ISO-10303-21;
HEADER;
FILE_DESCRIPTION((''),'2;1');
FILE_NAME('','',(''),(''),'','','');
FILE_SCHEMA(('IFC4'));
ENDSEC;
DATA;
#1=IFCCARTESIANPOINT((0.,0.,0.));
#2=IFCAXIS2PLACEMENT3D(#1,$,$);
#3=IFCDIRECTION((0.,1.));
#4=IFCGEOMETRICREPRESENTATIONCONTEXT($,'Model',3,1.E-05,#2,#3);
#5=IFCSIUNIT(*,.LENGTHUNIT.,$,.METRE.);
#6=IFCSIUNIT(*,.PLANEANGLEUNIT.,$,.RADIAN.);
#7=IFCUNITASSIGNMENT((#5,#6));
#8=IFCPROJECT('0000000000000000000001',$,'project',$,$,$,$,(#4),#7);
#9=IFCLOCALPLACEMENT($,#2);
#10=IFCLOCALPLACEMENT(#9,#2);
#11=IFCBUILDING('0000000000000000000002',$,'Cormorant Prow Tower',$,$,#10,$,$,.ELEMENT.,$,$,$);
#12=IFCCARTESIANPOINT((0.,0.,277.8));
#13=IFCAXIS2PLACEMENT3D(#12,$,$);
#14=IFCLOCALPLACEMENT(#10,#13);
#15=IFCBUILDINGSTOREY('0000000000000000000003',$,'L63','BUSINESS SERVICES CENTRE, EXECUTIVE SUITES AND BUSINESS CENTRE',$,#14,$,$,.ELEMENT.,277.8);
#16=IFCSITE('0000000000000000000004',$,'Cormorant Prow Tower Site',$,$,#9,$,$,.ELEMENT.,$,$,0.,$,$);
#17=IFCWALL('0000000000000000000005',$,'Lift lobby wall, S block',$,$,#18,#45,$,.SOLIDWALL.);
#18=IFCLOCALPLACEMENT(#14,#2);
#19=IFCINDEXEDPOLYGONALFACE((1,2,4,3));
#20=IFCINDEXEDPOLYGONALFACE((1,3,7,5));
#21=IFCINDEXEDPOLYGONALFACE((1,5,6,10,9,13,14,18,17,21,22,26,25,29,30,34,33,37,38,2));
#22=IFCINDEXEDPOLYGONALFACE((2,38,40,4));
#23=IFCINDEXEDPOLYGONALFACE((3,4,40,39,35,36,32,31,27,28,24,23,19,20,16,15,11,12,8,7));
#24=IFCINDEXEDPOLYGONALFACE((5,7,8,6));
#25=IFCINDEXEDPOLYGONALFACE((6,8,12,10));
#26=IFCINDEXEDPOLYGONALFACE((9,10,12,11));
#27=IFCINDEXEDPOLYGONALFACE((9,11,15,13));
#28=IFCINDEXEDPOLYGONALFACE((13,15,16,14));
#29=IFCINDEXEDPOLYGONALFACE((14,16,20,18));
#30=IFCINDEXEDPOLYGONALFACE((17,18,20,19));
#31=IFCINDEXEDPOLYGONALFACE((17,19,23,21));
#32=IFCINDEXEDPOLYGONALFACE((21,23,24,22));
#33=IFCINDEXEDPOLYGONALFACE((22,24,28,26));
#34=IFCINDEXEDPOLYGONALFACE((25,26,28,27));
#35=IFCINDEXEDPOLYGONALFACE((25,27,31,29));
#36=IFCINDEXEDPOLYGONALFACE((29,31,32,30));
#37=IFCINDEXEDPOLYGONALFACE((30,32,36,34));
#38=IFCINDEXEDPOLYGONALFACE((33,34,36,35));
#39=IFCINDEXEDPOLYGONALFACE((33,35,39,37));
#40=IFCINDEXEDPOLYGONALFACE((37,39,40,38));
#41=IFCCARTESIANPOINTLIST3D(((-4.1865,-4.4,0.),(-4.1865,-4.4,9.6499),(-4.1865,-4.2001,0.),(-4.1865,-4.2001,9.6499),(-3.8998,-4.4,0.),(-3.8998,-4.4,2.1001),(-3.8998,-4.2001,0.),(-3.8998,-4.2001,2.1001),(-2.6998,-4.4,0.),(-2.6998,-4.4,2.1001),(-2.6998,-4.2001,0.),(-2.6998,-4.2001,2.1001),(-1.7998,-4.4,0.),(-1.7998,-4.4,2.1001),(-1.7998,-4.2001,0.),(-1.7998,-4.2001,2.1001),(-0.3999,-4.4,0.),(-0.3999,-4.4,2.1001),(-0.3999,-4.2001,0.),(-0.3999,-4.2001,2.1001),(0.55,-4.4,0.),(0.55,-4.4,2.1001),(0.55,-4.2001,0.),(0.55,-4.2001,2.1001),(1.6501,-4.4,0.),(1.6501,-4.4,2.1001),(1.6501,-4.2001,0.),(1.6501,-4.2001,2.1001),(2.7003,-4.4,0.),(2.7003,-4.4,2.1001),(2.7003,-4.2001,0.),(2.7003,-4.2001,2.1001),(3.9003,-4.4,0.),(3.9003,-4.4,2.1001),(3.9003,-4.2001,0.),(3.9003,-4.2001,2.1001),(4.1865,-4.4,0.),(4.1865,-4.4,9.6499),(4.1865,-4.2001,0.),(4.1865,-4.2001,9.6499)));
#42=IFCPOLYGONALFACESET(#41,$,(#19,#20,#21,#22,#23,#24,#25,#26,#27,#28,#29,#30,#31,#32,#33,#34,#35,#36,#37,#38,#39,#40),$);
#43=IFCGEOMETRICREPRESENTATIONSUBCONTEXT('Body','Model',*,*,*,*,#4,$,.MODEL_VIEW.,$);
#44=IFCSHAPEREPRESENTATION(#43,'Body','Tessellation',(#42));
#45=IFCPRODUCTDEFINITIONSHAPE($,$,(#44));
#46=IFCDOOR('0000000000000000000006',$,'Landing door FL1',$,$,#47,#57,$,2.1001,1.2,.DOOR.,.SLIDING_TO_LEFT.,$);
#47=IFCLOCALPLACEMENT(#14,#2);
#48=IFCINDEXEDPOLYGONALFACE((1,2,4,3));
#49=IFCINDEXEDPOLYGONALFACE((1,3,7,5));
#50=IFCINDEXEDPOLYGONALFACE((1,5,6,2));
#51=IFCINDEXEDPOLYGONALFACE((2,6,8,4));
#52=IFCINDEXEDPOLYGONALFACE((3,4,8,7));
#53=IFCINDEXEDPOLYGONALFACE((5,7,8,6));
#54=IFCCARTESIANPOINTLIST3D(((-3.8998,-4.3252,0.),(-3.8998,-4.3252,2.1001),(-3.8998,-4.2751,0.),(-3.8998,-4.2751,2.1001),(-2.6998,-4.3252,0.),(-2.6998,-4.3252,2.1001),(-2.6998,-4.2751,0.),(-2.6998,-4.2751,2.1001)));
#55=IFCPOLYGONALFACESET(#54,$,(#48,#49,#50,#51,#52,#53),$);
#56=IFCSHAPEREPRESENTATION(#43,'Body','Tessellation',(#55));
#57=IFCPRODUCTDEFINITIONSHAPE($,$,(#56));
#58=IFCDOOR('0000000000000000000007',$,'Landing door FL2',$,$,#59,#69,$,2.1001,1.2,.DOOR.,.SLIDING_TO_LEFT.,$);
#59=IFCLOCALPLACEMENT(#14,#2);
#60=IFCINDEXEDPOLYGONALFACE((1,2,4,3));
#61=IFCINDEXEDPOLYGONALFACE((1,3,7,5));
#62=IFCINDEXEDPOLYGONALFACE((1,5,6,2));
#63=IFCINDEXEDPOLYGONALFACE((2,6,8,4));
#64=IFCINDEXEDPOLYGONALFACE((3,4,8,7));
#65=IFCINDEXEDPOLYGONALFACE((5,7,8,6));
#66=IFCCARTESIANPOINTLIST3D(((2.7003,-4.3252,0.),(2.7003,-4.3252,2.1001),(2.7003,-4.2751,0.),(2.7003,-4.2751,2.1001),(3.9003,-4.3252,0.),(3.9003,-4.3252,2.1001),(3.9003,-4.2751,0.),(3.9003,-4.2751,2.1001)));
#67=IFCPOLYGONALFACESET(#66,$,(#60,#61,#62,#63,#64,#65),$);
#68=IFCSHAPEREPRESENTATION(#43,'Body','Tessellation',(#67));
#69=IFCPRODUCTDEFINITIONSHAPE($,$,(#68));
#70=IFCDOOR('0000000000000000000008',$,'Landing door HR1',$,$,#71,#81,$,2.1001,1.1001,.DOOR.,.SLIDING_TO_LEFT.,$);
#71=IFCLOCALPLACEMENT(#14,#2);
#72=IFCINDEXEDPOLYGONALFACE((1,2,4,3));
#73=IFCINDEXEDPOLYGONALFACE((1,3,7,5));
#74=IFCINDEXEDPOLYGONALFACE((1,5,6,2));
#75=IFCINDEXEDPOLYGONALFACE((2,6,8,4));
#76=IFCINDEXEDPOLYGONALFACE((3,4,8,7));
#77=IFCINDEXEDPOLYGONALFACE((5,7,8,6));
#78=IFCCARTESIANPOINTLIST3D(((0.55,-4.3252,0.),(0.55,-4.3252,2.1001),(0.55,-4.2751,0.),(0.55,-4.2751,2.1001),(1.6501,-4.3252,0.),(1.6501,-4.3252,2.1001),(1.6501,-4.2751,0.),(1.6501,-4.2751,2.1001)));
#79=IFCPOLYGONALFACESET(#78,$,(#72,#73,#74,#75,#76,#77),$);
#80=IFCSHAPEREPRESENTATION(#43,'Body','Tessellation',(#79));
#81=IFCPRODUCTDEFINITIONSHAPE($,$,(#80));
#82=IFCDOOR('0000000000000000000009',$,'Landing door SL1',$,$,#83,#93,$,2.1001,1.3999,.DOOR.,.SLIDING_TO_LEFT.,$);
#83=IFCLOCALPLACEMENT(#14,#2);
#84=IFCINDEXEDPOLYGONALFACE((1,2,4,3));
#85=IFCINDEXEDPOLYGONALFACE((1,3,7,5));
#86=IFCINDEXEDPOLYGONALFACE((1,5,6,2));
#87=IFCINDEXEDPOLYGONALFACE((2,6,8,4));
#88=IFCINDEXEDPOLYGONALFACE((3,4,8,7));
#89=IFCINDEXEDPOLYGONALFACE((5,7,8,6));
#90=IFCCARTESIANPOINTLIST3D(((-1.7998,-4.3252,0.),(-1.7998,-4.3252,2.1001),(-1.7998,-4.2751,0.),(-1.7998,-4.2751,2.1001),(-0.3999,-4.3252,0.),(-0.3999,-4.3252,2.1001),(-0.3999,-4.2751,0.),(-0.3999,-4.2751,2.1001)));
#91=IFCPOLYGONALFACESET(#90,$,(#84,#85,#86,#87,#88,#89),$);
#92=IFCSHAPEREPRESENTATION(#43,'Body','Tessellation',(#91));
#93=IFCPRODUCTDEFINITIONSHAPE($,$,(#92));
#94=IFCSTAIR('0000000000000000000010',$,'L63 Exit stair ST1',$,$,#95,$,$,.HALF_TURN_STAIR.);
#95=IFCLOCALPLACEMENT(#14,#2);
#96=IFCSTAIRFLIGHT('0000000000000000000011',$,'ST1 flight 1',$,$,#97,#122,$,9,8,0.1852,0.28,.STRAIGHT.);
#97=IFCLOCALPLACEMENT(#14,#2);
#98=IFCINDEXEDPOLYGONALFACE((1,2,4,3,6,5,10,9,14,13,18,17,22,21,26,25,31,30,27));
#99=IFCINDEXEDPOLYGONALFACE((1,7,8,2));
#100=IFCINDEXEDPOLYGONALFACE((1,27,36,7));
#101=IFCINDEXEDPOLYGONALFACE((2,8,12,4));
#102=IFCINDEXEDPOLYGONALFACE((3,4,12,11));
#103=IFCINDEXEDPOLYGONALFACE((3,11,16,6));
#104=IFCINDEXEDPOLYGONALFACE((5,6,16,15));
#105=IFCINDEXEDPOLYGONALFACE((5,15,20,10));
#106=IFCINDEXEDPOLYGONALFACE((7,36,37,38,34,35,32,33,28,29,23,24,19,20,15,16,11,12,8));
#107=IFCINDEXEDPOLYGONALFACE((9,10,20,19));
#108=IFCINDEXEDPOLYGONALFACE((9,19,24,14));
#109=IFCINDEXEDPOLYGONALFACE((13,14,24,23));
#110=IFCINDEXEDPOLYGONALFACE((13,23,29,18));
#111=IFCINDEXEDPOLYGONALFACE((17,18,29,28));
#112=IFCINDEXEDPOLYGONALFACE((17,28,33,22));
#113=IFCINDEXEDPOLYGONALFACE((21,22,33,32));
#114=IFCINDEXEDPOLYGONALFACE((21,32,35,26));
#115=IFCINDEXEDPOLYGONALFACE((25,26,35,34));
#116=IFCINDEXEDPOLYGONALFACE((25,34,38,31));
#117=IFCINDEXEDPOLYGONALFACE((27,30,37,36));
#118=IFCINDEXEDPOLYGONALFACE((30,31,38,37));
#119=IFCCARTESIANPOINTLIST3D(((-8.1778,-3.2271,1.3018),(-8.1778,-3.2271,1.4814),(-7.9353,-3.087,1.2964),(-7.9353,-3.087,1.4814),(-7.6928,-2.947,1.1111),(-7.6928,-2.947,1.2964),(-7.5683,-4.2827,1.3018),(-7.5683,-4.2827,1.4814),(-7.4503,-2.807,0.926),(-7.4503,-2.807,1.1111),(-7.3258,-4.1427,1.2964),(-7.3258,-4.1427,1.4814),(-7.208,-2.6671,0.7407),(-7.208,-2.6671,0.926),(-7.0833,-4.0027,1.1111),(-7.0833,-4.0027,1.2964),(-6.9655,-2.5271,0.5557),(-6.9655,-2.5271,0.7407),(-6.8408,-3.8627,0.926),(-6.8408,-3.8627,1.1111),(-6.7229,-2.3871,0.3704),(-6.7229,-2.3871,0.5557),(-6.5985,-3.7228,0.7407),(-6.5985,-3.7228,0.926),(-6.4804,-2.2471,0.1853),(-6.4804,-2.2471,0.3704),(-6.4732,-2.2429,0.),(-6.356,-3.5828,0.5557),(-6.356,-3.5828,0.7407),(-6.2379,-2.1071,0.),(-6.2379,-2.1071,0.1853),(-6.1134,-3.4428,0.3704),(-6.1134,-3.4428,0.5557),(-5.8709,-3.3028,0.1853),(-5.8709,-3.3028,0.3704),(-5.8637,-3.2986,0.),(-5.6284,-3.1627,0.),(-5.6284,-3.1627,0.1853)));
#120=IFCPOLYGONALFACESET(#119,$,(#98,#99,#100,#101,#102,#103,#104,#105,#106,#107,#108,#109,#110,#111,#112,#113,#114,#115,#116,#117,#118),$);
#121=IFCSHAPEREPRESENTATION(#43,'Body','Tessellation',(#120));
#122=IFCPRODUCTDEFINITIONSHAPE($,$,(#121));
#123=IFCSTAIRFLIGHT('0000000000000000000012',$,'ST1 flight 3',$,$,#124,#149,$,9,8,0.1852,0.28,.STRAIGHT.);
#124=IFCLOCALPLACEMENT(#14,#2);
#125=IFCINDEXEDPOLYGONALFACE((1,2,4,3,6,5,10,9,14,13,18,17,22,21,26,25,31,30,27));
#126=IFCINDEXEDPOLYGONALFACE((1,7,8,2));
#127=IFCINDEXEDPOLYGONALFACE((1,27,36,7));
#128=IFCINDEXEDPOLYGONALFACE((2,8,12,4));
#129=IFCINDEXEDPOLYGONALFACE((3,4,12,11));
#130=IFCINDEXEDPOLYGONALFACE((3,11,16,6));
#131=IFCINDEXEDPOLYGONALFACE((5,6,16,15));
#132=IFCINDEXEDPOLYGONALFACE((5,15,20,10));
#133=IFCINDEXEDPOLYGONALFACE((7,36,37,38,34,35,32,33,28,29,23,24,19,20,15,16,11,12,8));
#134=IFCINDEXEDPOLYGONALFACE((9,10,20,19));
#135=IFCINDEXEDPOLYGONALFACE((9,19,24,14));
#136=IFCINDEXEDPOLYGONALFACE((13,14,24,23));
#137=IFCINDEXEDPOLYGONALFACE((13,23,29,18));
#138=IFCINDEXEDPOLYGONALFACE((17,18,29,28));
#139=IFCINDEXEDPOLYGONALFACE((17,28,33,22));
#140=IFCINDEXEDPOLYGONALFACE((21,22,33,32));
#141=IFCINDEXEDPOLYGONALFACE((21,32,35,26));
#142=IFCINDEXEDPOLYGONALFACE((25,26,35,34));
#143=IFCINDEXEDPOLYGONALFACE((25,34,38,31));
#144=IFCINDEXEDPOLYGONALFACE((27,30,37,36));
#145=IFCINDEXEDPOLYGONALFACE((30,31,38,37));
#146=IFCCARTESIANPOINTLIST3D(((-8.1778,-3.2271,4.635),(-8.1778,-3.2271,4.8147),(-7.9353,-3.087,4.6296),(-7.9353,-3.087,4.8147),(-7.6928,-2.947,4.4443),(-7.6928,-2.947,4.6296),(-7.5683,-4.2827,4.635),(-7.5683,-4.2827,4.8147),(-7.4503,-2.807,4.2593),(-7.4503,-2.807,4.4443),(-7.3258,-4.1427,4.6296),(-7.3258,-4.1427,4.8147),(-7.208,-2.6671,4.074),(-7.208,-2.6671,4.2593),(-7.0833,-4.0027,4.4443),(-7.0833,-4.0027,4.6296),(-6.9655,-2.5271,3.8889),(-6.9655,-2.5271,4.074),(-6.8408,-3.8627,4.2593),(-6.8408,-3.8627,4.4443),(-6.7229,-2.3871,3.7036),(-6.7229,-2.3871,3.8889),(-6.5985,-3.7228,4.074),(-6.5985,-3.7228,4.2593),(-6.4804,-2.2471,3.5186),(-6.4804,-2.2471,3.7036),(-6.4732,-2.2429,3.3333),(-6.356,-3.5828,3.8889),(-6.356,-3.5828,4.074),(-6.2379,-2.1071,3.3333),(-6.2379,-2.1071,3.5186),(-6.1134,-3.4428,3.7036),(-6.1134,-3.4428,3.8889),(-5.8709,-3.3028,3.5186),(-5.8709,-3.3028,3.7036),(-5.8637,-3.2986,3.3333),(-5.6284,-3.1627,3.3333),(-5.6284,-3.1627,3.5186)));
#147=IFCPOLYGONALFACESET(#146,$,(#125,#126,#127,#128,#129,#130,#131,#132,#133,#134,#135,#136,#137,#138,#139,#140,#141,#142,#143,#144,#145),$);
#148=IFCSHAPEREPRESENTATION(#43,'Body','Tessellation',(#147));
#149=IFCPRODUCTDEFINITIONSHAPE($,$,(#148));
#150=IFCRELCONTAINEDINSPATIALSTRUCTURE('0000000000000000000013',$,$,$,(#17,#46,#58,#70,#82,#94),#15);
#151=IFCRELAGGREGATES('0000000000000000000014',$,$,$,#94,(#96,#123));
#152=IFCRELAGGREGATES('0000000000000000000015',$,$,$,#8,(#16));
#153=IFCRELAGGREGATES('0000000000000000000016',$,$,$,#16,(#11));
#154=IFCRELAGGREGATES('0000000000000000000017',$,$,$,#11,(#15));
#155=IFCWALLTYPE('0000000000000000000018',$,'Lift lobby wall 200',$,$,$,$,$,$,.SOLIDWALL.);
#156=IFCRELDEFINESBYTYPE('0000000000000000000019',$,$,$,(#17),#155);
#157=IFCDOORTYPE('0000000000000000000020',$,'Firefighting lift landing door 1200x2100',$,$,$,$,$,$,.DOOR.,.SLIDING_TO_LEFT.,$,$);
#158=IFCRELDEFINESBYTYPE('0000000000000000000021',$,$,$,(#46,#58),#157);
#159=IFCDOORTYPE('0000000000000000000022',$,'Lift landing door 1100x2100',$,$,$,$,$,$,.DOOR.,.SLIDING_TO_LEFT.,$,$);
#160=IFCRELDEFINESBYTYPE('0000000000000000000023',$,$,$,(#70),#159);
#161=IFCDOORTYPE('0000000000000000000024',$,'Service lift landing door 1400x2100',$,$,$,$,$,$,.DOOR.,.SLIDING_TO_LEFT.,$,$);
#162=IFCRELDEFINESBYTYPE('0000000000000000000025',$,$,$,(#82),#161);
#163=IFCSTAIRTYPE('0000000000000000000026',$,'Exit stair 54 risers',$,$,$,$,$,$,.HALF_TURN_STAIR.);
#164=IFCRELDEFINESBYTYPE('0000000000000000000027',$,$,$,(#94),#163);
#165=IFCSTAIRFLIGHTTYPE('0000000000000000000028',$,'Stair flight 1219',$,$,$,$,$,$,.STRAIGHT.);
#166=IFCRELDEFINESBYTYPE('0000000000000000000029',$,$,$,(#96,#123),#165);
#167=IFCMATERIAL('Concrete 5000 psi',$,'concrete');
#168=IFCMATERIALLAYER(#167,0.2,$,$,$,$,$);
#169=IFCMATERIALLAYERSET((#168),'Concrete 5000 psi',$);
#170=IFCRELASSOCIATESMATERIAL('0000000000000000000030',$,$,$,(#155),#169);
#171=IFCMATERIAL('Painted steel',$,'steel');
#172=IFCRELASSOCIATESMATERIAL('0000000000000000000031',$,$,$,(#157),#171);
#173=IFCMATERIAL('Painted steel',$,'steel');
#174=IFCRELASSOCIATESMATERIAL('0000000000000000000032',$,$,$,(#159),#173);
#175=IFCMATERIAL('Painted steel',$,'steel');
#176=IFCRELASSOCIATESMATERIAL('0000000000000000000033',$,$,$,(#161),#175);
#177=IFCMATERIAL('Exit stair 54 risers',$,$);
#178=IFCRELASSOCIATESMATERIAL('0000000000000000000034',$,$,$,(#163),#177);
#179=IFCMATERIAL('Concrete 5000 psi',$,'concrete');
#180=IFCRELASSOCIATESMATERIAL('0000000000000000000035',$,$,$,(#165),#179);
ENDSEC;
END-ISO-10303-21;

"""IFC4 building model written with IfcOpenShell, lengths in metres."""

from ifc_helpers import new_model, si_unit, direction, frame, frame_2d, origin, place, context, subcontext, project, spatial, polyline, rectangle, outline, extrude, material, layer, layer_set, type_object, element, fill, aggregate, save


model = new_model("IFC4")

# Units and contexts
model_context = context("Model", 3, precision=1e-05, world=origin(), true_north=direction((0.0, 1.0)))
body_context = subcontext(model_context, "Body", "Model", "MODEL_VIEW")
ifc_project = project(units=[si_unit("LENGTHUNIT", "METRE"), si_unit("PLANEANGLEUNIT", "RADIAN")], contexts=[model_context])

# Site, building, storey
site_placement = place(None, origin())
site = spatial("IfcSite", under=ifc_project, at=site_placement, Name="Cormorant Prow Tower Site", CompositionType="ELEMENT", RefElevation=0.0)
building_placement = place(site_placement, origin())
building = spatial("IfcBuilding", under=site, at=building_placement, Name="Cormorant Prow Tower", CompositionType="ELEMENT")
storey_placement = place(building_placement, frame((0.0, 0.0, 277.8)))
storey = spatial("IfcBuildingStorey", under=building, at=storey_placement, Name="L63", Description="BUSINESS SERVICES CENTRE, EXECUTIVE SUITES AND BUSINESS CENTRE", CompositionType="ELEMENT", Elevation=277.8)

# Wall, openings, doors
ifc_material_1 = material(Name="Concrete 5000 psi", Category="concrete")
ifc_layer_1 = layer(ifc_material_1, 0.2)
ifc_layer_set_1 = layer_set([ifc_layer_1], Name="Concrete 5000 psi")
wall_type = type_object("IfcWallType", Name="Lift lobby wall 200", PredefinedType="SOLIDWALL", material=ifc_layer_set_1)
wall_placement = place(storey_placement, frame((-4.1865, -4.3, 0.0), z_axis=(0.0, 0.0, 1.0), x_axis=(1.0, 0.0, 0.0)))
wall = element("IfcWall", 1, at=wall_placement, inside=storey, type_object=wall_type, Name="Lift lobby wall, S block", PredefinedType="SOLIDWALL", context=body_context, shape_type="SweptSolid", body=[
    extrude(rectangle(XDim=8.373, YDim=0.2, at=frame_2d((4.1865, 0.0))), origin(), (0.0, 0.0, 1.0), 9.6499),
])
opening_1_placement = place(wall_placement, frame((0.2866, 0.0, 0.0)))
opening_1 = element("IfcOpeningElement", 2, at=opening_1_placement, cuts=wall, PredefinedType="OPENING", context=body_context, shape_type="SweptSolid", body=[
    extrude(rectangle(XDim=1.2, YDim=2.1001, at=frame_2d((0.6001, 1.05))), frame((0.0, 0.1099, 0.0), z_axis=(0.0, -1.0, 0.0), x_axis=(1.0, 0.0, 0.0)), (0.0, 0.0, 1.0), 0.22),
])
opening_2_placement = place(wall_placement, frame((2.3867, 0.0, 0.0)))
opening_2 = element("IfcOpeningElement", 3, at=opening_2_placement, cuts=wall, PredefinedType="OPENING", context=body_context, shape_type="SweptSolid", body=[
    extrude(rectangle(XDim=1.3999, YDim=2.1001, at=frame_2d((0.7, 1.05))), frame((0.0, 0.1099, 0.0), z_axis=(0.0, -1.0, 0.0), x_axis=(1.0, 0.0, 0.0)), (0.0, 0.0, 1.0), 0.22),
])
opening_3_placement = place(wall_placement, frame((4.7366, 0.0, 0.0)))
opening_3 = element("IfcOpeningElement", 4, at=opening_3_placement, cuts=wall, PredefinedType="OPENING", context=body_context, shape_type="SweptSolid", body=[
    extrude(rectangle(XDim=1.1001, YDim=2.1001, at=frame_2d((0.55, 1.05))), frame((0.0, 0.1099, 0.0), z_axis=(0.0, -1.0, 0.0), x_axis=(1.0, 0.0, 0.0)), (0.0, 0.0, 1.0), 0.22),
])
opening_4_placement = place(wall_placement, frame((6.8867, 0.0, 0.0)))
opening_4 = element("IfcOpeningElement", 5, at=opening_4_placement, cuts=wall, PredefinedType="OPENING", context=body_context, shape_type="SweptSolid", body=[
    extrude(rectangle(XDim=1.2, YDim=2.1001, at=frame_2d((0.6001, 1.05))), frame((0.0, 0.1099, 0.0), z_axis=(0.0, -1.0, 0.0), x_axis=(1.0, 0.0, 0.0)), (0.0, 0.0, 1.0), 0.22),
])
ifc_material_2 = material(Name="Painted steel", Category="steel")
door_type_1 = type_object("IfcDoorType", Name="Firefighting lift landing door 1200x2100", OperationType="SLIDING_TO_LEFT", PredefinedType="DOOR", material=ifc_material_2)
door_1_placement = place(opening_1_placement, origin())
door_1 = element("IfcDoor", 6, at=door_1_placement, inside=storey, type_object=door_type_1, Name="Landing door FL1", OperationType="SLIDING_TO_LEFT", OverallHeight=2.1001, OverallWidth=1.2, PredefinedType="DOOR", context=body_context, shape_type="SweptSolid", body=[
    extrude(rectangle(XDim=1.2, YDim=2.1001, at=frame_2d((0.6001, 1.05))), frame((0.0, 0.0249, 0.0), z_axis=(0.0, -1.0, 0.0), x_axis=(1.0, 0.0, 0.0)), (0.0, 0.0, 1.0), 0.05),
])
fill(opening_1, door_1)
door_2_placement = place(opening_4_placement, origin())
door_2 = element("IfcDoor", 7, at=door_2_placement, inside=storey, type_object=door_type_1, Name="Landing door FL2", OperationType="SLIDING_TO_LEFT", OverallHeight=2.1001, OverallWidth=1.2, PredefinedType="DOOR", context=body_context, shape_type="SweptSolid", body=[
    extrude(rectangle(XDim=1.2, YDim=2.1001, at=frame_2d((0.6001, 1.05))), frame((0.0, 0.0249, 0.0), z_axis=(0.0, -1.0, 0.0), x_axis=(1.0, 0.0, 0.0)), (0.0, 0.0, 1.0), 0.05),
])
fill(opening_4, door_2)
ifc_material_3 = material(Name="Painted steel", Category="steel")
door_type_2 = type_object("IfcDoorType", Name="Lift landing door 1100x2100", OperationType="SLIDING_TO_LEFT", PredefinedType="DOOR", material=ifc_material_3)
door_3_placement = place(opening_3_placement, origin())
door_3 = element("IfcDoor", 8, at=door_3_placement, inside=storey, type_object=door_type_2, Name="Landing door HR1", OperationType="SLIDING_TO_LEFT", OverallHeight=2.1001, OverallWidth=1.1001, PredefinedType="DOOR", context=body_context, shape_type="SweptSolid", body=[
    extrude(rectangle(XDim=1.1001, YDim=2.1001, at=frame_2d((0.55, 1.05))), frame((0.0, 0.0249, 0.0), z_axis=(0.0, -1.0, 0.0), x_axis=(1.0, 0.0, 0.0)), (0.0, 0.0, 1.0), 0.05),
])
fill(opening_3, door_3)
ifc_material_4 = material(Name="Painted steel", Category="steel")
door_type_3 = type_object("IfcDoorType", Name="Service lift landing door 1400x2100", OperationType="SLIDING_TO_LEFT", PredefinedType="DOOR", material=ifc_material_4)
door_4_placement = place(opening_2_placement, origin())
door_4 = element("IfcDoor", 9, at=door_4_placement, inside=storey, type_object=door_type_3, Name="Landing door SL1", OperationType="SLIDING_TO_LEFT", OverallHeight=2.1001, OverallWidth=1.3999, PredefinedType="DOOR", context=body_context, shape_type="SweptSolid", body=[
    extrude(rectangle(XDim=1.3999, YDim=2.1001, at=frame_2d((0.7, 1.05))), frame((0.0, 0.0249, 0.0), z_axis=(0.0, -1.0, 0.0), x_axis=(1.0, 0.0, 0.0)), (0.0, 0.0, 1.0), 0.05),
])
fill(opening_2, door_4)

# Stair, stair flights
ifc_material_5 = material(Name="Exit stair 54 risers")
stair_type = type_object("IfcStairType", Name="Exit stair 54 risers", PredefinedType="HALF_TURN_STAIR", material=ifc_material_5)
stair_placement = place(storey_placement, origin())
stair = element("IfcStair", 10, at=stair_placement, inside=storey, type_object=stair_type, Name="L63 Exit stair ST1", PredefinedType="HALF_TURN_STAIR")
ifc_material_6 = material(Name="Concrete 5000 psi", Category="concrete")
stair_flight_type = type_object("IfcStairFlightType", Name="Stair flight 1219", PredefinedType="STRAIGHT", material=ifc_material_6)
stair_flight_1_placement = place(storey_placement, frame((-5.9331, -2.635, 0.0), z_axis=(0.0, 0.0, 1.0), x_axis=(-0.866025, -0.5, 0.0)))
stair_flight_1 = element("IfcStairFlight", 11, at=stair_flight_1_placement, type_object=stair_flight_type, Name="ST1 flight 1", NumberOfRisers=9, NumberOfTreads=8, PredefinedType="STRAIGHT", RiserHeight=0.1852, TreadLength=0.28, context=body_context, shape_type="SweptSolid", body=[
    extrude(outline(polyline([(0.0, 0.0), (0.0, 0.1853), (0.28, 0.1853), (0.28, 0.3704), (0.5601, 0.3704), (0.5601, 0.5557), (0.8401, 0.5557), (0.8401, 0.7407), (1.1201, 0.7407), (1.1201, 0.926), (1.3999, 0.926), (1.3999, 1.1111), (1.6799, 1.1111), (1.6799, 1.2964), (1.96, 1.2964), (1.96, 1.4814), (2.24, 1.4814), (2.24, 1.6667), (2.24, 1.3018), (0.2717, 0.0), (0.0, 0.0)])), frame((0.0, 0.6094, 0.0), z_axis=(0.0, -1.0, 0.0), x_axis=(1.0, 0.0, 0.0)), (0.0, 0.0, 1.0), 1.219),
])
stair_flight_2_placement = place(storey_placement, frame((-5.9331, -2.635, 3.3333), z_axis=(0.0, 0.0, 1.0), x_axis=(-0.866025, -0.5, 0.0)))
stair_flight_2 = element("IfcStairFlight", 12, at=stair_flight_2_placement, type_object=stair_flight_type, Name="ST1 flight 3", NumberOfRisers=9, NumberOfTreads=8, PredefinedType="STRAIGHT", RiserHeight=0.1852, TreadLength=0.28, context=body_context, shape_type="SweptSolid", body=[
    extrude(outline(polyline([(0.0, 0.0), (0.0, 0.1853), (0.28, 0.1853), (0.28, 0.3704), (0.5601, 0.3704), (0.5601, 0.5557), (0.8401, 0.5557), (0.8401, 0.7407), (1.1201, 0.7407), (1.1201, 0.926), (1.3999, 0.926), (1.3999, 1.1111), (1.6799, 1.1111), (1.6799, 1.2964), (1.96, 1.2964), (1.96, 1.4814), (2.24, 1.4814), (2.24, 1.6667), (2.24, 1.3018), (0.2717, 0.0), (0.0, 0.0)])), frame((0.0, 0.6094, 0.0), z_axis=(0.0, -1.0, 0.0), x_axis=(1.0, 0.0, 0.0)), (0.0, 0.0, 1.0), 1.219),
])
aggregate(stair, [stair_flight_1, stair_flight_2])

save(model, "model.ifc")
